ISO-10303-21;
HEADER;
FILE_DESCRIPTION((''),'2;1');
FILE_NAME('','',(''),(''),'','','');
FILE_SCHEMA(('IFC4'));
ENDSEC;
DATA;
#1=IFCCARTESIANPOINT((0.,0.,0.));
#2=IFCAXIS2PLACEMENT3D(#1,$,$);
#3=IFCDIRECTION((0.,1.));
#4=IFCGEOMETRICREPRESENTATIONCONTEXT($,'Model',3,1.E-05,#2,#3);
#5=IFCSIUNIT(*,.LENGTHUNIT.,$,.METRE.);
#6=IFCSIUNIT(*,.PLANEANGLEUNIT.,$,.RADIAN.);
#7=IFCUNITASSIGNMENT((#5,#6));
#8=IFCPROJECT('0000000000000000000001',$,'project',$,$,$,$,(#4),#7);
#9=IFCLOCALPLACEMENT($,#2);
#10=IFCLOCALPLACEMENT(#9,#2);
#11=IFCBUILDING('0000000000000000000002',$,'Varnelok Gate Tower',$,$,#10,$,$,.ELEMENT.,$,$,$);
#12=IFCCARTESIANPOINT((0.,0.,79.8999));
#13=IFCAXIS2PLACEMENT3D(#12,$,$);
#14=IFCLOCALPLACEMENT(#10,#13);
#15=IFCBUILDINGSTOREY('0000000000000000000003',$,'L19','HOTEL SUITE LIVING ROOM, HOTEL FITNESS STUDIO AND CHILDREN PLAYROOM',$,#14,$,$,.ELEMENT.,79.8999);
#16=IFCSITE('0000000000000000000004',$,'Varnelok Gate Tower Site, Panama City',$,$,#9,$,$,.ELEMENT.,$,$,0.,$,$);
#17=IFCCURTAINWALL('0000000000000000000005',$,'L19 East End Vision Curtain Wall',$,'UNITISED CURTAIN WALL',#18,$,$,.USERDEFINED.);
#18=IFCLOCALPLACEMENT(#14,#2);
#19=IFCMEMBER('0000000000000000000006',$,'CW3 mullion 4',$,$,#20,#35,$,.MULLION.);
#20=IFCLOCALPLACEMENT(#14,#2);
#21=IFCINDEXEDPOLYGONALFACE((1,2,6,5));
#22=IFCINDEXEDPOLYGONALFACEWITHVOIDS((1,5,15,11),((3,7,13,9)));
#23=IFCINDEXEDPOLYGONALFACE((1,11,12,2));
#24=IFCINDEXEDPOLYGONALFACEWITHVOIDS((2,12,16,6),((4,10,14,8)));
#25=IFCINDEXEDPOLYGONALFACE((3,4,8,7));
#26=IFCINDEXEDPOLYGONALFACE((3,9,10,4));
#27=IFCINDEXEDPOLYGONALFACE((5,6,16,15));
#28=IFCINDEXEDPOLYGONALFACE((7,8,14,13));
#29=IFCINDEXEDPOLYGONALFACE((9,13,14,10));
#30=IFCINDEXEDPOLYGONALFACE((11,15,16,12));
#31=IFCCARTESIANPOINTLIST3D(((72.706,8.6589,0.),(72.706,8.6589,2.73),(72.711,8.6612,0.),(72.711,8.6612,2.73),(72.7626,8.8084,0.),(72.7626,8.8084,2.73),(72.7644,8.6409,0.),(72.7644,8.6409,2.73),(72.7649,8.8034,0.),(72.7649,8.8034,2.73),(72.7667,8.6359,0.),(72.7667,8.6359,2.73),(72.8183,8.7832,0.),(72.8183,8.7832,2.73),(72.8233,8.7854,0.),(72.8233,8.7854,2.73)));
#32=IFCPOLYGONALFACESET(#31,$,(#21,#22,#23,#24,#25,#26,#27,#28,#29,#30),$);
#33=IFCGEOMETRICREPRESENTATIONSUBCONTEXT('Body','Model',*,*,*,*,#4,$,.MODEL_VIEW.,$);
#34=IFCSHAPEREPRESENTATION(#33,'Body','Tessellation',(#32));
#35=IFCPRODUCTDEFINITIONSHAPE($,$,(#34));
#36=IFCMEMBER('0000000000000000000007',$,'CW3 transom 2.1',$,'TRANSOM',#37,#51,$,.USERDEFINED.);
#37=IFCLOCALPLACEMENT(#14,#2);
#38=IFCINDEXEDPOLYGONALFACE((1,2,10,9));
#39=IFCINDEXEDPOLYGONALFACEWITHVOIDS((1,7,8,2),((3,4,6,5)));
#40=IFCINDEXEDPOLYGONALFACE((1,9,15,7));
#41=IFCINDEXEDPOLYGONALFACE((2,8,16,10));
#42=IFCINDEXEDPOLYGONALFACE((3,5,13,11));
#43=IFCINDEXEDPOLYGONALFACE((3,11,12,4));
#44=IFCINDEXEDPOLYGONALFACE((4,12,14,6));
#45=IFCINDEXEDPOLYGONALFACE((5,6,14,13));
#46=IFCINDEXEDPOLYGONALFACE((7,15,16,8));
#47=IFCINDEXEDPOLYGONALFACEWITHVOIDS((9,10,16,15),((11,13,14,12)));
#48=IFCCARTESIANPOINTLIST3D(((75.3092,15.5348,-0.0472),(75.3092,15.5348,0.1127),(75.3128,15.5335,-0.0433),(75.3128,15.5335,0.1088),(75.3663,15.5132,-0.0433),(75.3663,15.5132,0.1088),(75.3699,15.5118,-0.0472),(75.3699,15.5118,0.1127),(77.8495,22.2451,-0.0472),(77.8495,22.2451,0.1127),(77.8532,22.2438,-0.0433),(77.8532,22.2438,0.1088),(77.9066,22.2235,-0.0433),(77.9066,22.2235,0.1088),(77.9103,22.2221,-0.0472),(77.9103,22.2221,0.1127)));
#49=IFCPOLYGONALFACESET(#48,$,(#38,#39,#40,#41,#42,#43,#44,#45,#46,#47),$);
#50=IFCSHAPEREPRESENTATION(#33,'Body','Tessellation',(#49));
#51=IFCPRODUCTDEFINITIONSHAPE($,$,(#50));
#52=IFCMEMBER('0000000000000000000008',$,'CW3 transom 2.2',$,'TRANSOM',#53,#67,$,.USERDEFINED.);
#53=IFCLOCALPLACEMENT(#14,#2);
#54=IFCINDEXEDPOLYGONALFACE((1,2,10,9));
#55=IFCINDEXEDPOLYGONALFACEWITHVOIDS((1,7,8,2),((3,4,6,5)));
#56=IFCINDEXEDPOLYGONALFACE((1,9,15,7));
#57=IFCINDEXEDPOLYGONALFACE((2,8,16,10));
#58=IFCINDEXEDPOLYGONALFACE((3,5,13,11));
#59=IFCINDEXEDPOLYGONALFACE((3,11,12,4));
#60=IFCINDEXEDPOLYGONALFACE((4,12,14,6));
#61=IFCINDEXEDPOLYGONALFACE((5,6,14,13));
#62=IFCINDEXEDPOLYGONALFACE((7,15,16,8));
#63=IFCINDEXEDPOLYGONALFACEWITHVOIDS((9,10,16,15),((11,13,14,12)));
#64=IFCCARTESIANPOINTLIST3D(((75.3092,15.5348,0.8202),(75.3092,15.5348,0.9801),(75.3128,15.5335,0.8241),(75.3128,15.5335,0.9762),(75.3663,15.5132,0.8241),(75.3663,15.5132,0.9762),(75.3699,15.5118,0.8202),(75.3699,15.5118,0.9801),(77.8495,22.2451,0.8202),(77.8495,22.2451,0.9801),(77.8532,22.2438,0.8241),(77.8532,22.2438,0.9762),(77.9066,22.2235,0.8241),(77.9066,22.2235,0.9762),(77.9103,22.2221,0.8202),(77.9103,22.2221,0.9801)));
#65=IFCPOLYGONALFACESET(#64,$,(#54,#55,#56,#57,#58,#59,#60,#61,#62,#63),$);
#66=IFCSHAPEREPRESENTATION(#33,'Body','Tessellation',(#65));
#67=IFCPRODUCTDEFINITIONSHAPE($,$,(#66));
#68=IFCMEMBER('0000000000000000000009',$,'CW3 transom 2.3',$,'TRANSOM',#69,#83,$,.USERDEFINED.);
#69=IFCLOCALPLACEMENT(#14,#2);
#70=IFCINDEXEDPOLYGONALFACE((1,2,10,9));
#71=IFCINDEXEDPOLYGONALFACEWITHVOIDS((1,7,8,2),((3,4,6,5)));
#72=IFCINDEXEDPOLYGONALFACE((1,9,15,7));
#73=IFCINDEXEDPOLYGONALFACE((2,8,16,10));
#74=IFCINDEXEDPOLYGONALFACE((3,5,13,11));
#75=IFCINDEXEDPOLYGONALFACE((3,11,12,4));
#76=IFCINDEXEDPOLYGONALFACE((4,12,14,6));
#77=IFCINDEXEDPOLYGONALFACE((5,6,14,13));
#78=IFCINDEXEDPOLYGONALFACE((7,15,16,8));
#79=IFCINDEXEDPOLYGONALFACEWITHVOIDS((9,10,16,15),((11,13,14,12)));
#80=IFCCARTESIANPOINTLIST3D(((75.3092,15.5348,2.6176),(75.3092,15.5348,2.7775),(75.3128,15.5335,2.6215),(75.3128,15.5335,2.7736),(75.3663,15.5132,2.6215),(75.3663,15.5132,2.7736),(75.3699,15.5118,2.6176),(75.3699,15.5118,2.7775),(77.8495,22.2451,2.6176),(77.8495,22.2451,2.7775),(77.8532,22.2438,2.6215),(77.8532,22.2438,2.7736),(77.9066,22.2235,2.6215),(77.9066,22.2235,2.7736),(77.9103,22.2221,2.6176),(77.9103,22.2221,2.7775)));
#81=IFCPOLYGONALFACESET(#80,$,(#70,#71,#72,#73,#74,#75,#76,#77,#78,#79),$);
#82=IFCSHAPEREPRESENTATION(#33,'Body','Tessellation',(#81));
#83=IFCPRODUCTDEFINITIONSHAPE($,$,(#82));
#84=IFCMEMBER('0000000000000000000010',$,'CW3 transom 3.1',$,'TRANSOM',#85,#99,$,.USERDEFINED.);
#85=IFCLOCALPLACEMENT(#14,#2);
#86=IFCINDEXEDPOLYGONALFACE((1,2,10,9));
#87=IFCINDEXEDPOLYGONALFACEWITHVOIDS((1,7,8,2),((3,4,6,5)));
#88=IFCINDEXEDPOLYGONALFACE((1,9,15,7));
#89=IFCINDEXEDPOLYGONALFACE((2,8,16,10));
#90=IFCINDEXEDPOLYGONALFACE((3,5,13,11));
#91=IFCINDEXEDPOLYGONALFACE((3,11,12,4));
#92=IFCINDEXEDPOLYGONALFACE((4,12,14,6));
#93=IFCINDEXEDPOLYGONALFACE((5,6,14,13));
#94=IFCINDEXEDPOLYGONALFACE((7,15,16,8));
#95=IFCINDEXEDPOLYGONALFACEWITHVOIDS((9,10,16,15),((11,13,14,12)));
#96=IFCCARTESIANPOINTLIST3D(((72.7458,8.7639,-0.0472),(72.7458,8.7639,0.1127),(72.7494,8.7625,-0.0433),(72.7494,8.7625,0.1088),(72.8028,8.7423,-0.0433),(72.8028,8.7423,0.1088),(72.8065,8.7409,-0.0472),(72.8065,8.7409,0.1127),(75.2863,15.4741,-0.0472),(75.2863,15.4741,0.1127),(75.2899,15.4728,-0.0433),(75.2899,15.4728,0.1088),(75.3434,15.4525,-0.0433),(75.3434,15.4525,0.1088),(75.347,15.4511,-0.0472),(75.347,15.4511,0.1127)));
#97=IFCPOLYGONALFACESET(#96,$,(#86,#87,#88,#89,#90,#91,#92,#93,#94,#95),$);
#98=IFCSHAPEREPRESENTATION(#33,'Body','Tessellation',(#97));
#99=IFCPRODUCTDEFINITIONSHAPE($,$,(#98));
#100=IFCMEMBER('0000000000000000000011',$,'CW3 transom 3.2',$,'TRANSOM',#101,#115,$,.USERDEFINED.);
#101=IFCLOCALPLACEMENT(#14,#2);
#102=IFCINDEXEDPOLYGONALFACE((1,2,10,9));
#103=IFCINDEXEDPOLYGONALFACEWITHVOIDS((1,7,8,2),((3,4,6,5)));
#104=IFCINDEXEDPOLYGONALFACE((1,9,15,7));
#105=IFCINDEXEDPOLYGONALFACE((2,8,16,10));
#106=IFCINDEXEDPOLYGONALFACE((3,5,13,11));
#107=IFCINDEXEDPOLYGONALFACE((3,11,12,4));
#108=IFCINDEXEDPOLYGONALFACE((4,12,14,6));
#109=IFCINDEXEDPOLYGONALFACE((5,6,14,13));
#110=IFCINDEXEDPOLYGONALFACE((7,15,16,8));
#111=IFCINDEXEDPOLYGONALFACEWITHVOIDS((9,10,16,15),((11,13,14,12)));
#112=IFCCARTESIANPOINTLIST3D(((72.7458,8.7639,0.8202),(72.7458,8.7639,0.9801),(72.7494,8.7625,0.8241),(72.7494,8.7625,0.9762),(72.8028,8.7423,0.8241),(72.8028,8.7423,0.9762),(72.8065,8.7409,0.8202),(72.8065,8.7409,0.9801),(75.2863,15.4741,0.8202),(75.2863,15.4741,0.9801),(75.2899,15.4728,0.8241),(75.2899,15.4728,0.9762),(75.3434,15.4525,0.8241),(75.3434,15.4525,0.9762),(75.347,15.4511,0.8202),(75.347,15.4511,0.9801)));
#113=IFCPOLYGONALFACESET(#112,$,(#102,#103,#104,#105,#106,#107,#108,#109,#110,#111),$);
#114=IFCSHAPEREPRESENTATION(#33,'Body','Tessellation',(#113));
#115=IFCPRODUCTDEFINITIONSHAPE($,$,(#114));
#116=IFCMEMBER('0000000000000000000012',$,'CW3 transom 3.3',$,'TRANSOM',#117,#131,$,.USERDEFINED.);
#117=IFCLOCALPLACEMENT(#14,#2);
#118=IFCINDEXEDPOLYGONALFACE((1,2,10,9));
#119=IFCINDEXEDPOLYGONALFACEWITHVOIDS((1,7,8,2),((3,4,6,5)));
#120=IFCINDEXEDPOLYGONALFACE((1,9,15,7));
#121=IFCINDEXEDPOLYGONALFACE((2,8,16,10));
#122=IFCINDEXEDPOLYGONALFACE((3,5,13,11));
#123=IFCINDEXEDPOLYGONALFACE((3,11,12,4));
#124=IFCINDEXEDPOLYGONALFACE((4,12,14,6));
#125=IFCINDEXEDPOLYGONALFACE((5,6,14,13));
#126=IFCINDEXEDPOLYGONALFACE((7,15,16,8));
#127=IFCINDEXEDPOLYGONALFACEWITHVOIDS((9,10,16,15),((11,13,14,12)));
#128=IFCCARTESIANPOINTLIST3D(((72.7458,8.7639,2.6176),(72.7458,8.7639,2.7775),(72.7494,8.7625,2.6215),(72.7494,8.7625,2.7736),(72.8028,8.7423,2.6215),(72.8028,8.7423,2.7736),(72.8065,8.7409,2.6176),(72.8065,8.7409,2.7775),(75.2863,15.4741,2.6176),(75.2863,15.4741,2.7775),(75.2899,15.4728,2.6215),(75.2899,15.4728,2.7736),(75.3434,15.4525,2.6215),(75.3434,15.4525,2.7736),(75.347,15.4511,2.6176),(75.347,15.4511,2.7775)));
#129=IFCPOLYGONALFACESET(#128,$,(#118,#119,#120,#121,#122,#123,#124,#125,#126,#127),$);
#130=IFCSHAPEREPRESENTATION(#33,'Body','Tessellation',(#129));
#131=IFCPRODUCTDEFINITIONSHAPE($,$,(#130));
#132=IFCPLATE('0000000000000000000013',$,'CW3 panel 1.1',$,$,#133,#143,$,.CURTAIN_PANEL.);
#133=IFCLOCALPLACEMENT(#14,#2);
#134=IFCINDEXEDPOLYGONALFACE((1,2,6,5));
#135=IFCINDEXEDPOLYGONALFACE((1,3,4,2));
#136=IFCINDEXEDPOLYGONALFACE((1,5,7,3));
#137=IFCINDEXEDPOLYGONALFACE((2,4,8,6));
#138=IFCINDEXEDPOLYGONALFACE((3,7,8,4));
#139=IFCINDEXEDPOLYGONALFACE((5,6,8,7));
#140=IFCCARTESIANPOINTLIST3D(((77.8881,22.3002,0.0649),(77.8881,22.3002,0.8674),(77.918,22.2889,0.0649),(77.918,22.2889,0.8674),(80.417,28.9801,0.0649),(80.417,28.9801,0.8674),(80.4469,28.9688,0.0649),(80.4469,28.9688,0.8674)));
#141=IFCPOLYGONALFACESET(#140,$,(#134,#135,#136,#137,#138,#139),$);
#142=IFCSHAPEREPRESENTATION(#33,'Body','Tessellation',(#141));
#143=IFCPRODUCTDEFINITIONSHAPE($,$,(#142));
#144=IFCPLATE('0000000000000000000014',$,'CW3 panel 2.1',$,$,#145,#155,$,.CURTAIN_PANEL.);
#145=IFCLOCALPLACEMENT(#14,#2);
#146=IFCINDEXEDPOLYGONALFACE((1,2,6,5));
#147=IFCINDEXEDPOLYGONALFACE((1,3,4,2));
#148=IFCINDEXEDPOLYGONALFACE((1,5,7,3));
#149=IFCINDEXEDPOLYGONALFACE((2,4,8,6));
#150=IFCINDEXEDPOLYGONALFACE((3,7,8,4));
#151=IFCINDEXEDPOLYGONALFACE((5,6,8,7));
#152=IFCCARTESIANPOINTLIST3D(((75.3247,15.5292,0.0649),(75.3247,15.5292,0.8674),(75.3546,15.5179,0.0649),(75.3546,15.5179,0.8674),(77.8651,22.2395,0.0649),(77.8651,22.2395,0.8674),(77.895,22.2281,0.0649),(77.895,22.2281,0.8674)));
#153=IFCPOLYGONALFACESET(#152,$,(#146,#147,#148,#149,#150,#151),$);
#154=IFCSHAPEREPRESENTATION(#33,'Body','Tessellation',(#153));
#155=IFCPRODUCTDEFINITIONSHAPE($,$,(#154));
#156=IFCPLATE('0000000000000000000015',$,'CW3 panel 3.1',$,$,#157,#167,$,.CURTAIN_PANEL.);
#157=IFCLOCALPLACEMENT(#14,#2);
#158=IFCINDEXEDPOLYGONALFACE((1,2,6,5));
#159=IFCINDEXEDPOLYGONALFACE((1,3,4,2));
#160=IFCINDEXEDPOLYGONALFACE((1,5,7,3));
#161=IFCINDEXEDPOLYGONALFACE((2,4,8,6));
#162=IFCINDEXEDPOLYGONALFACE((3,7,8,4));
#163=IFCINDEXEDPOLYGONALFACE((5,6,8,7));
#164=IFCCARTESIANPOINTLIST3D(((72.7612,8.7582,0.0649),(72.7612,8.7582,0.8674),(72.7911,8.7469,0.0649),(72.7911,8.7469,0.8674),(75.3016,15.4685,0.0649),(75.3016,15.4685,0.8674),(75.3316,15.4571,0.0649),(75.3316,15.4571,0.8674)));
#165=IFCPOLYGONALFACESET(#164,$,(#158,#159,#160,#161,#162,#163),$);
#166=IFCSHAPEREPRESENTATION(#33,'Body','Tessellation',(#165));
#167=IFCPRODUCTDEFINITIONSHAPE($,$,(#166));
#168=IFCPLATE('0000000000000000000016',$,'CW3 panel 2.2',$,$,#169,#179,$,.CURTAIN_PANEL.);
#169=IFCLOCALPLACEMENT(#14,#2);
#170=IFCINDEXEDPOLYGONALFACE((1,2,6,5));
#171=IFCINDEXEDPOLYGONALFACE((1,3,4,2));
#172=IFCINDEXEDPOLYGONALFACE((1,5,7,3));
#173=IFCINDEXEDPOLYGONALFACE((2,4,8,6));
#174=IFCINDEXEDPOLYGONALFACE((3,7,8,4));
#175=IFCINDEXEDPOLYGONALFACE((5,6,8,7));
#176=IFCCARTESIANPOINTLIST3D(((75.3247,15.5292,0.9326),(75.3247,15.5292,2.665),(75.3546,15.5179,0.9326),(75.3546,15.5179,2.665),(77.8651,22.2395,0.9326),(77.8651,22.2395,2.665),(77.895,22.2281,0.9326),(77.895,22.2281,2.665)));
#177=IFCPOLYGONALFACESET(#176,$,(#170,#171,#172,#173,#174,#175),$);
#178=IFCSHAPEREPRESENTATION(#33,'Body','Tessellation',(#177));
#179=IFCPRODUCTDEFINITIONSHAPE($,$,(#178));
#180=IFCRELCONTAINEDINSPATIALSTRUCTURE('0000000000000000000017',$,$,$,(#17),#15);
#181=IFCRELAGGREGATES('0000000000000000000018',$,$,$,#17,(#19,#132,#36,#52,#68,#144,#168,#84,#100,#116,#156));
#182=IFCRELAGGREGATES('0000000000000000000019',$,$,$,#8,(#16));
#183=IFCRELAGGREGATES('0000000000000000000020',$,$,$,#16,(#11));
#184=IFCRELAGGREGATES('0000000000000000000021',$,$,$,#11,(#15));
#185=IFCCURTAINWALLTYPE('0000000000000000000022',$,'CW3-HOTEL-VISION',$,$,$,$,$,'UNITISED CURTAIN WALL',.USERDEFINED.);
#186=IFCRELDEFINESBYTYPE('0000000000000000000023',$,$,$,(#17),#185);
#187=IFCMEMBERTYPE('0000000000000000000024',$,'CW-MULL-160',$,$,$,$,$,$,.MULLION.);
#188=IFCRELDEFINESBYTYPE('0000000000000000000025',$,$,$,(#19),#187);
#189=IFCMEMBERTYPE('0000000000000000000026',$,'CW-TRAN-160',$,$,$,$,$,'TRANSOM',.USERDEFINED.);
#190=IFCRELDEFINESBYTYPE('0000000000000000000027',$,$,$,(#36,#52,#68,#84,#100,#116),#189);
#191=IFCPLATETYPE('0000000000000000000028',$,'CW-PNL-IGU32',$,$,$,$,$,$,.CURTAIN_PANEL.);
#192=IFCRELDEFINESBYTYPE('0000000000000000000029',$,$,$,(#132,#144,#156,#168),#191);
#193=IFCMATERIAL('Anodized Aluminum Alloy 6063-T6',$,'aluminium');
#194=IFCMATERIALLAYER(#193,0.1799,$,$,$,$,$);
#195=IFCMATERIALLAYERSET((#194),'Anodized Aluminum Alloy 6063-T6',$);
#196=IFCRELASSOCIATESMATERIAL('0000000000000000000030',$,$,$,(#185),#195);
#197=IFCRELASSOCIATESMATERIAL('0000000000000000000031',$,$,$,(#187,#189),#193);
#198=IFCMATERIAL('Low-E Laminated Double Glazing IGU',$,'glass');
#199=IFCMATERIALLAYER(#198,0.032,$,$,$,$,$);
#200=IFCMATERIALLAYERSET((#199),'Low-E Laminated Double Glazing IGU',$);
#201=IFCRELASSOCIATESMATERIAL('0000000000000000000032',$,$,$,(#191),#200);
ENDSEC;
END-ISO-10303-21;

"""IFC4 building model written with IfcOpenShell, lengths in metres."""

from ifc_helpers import new_model, si_unit, direction, frame, origin, origin_2d, place, context, subcontext, project, spatial, rectangle, hollow_rectangle, extrude, source, transform, mapped, material, layer, layer_set, material_profile, profile_set, type_object, element, aggregate, save


model = new_model("IFC4")

# Units and contexts
model_context = context("Model", 3, precision=1e-05, world=origin(), true_north=direction((0.0, 1.0)))
body_context = subcontext(model_context, "Body", "Model", "MODEL_VIEW")
ifc_project = project(units=[si_unit("LENGTHUNIT", "METRE"), si_unit("PLANEANGLEUNIT", "RADIAN")], contexts=[model_context])

# Site, building, storey
site_placement = place(None, origin())
site = spatial("IfcSite", under=ifc_project, at=site_placement, Name="Varnelok Gate Tower Site, Panama City", CompositionType="ELEMENT", RefElevation=0.0)
building_placement = place(site_placement, origin())
building = spatial("IfcBuilding", under=site, at=building_placement, Name="Varnelok Gate Tower", CompositionType="ELEMENT")
storey_placement = place(building_placement, frame((0.0, 0.0, 79.8999)))
storey = spatial("IfcBuildingStorey", under=building, at=storey_placement, Name="L19", Description="HOTEL SUITE LIVING ROOM, HOTEL FITNESS STUDIO AND CHILDREN PLAYROOM", CompositionType="ELEMENT", Elevation=79.8999)

# Curtain wall, members, plates
ifc_material_1 = material(Name="Anodized Aluminum Alloy 6063-T6", Category="aluminium")
ifc_layer_1 = layer(ifc_material_1, 0.1799)
ifc_layer_set_1 = layer_set([ifc_layer_1], Name="Anodized Aluminum Alloy 6063-T6")
curtain_wall_type = type_object("IfcCurtainWallType", Name="CW3-HOTEL-VISION", ElementType="UNITISED CURTAIN WALL", PredefinedType="USERDEFINED", material=ifc_layer_set_1)
curtain_wall_placement = place(storey_placement, origin())
curtain_wall = element("IfcCurtainWall", 1, at=curtain_wall_placement, inside=storey, type_object=curtain_wall_type, Name="L19 East End Vision Curtain Wall", ObjectType="UNITISED CURTAIN WALL", PredefinedType="USERDEFINED")
ifc_material_profile_1 = material_profile(ifc_material_1, hollow_rectangle(XDim=0.0649, YDim=0.1599, WallThickness=0.0039, at=origin_2d()), Name="ALU160X65X4")
ifc_profile_set_1 = profile_set([ifc_material_profile_1], Name="Anodized Aluminum Alloy 6063-T6")
member_type_1 = type_object("IfcMemberType", Name="CW-MULL-160", PredefinedType="MULLION", material=ifc_profile_set_1)
member_1_placement = place(storey_placement, frame((72.7646, 8.7222, 0.0), z_axis=(0.0, 0.0, 1.0), x_axis=(0.935221, -0.354064, 0.0)))
member_1 = element("IfcMember", 2, at=member_1_placement, type_object=member_type_1, Name="CW3 mullion 4", PredefinedType="MULLION", context=body_context, shape_type="SweptSolid", body=[
    extrude(hollow_rectangle(XDim=0.0649, YDim=0.1599, WallThickness=0.0039, at=origin_2d()), origin(), (0.0, 0.0, 1.0), 2.73),
])
ifc_material_profile_2 = material_profile(ifc_material_1, hollow_rectangle(XDim=0.0649, YDim=0.1599, WallThickness=0.0039, at=origin_2d()), Name="ALU160X65X4")
ifc_profile_set_2 = profile_set([ifc_material_profile_2], Name="Anodized Aluminum Alloy 6063-T6")
member_type_2 = type_object("IfcMemberType", Name="CW-TRAN-160", ElementType="TRANSOM", PredefinedType="USERDEFINED", material=ifc_profile_set_2)
member_2_placement = place(storey_placement, frame((77.8799, 22.2336, 0.0327), z_axis=(-0.354049, -0.935227, 0.0), x_axis=(0.935227, -0.354049, 0.0)))
member_2 = element("IfcMember", 3, at=member_2_placement, type_object=member_type_2, Name="CW3 transom 2.1", ObjectType="TRANSOM", PredefinedType="USERDEFINED", context=body_context, shape_type="SweptSolid", body=[
    extrude(hollow_rectangle(XDim=0.0649, YDim=0.1599, WallThickness=0.0039, at=origin_2d()), origin(), (0.0, 0.0, 1.0), 7.175),
])
member_3_placement = place(storey_placement, frame((77.8799, 22.2336, 0.9001), z_axis=(-0.354049, -0.935227, 0.0), x_axis=(0.935227, -0.354049, 0.0)))
member_3 = element("IfcMember", 4, at=member_3_placement, type_object=member_type_2, Name="CW3 transom 2.2", ObjectType="TRANSOM", PredefinedType="USERDEFINED", context=body_context, shape_type="SweptSolid", body=[
    extrude(hollow_rectangle(XDim=0.0649, YDim=0.1599, WallThickness=0.0039, at=origin_2d()), origin(), (0.0, 0.0, 1.0), 7.175),
])
member_4_placement = place(storey_placement, frame((77.8799, 22.2336, 2.6975), z_axis=(-0.354049, -0.935227, 0.0), x_axis=(0.935227, -0.354049, 0.0)))
member_4 = element("IfcMember", 5, at=member_4_placement, type_object=member_type_2, Name="CW3 transom 2.3", ObjectType="TRANSOM", PredefinedType="USERDEFINED", context=body_context, shape_type="SweptSolid", body=[
    extrude(hollow_rectangle(XDim=0.0649, YDim=0.1599, WallThickness=0.0039, at=origin_2d()), origin(), (0.0, 0.0, 1.0), 7.175),
])
member_5_placement = place(storey_placement, frame((75.3167, 15.4626, 0.0327), z_axis=(-0.354079, -0.935216, 0.0), x_axis=(0.935216, -0.354079, 0.0)))
member_5 = element("IfcMember", 6, at=member_5_placement, type_object=member_type_2, Name="CW3 transom 3.1", ObjectType="TRANSOM", PredefinedType="USERDEFINED", context=body_context, shape_type="SweptSolid", body=[
    extrude(hollow_rectangle(XDim=0.0649, YDim=0.1599, WallThickness=0.0039, at=origin_2d()), origin(), (0.0, 0.0, 1.0), 7.175),
])
member_6_placement = place(storey_placement, frame((75.3167, 15.4626, 0.9001), z_axis=(-0.354079, -0.935216, 0.0), x_axis=(0.935216, -0.354079, 0.0)))
member_6 = element("IfcMember", 7, at=member_6_placement, type_object=member_type_2, Name="CW3 transom 3.2", ObjectType="TRANSOM", PredefinedType="USERDEFINED", context=body_context, shape_type="SweptSolid", body=[
    extrude(hollow_rectangle(XDim=0.0649, YDim=0.1599, WallThickness=0.0039, at=origin_2d()), origin(), (0.0, 0.0, 1.0), 7.175),
])
member_7_placement = place(storey_placement, frame((75.3167, 15.4626, 2.6975), z_axis=(-0.354079, -0.935216, 0.0), x_axis=(0.935216, -0.354079, 0.0)))
member_7 = element("IfcMember", 8, at=member_7_placement, type_object=member_type_2, Name="CW3 transom 3.3", ObjectType="TRANSOM", PredefinedType="USERDEFINED", context=body_context, shape_type="SweptSolid", body=[
    extrude(hollow_rectangle(XDim=0.0649, YDim=0.1599, WallThickness=0.0039, at=origin_2d()), origin(), (0.0, 0.0, 1.0), 7.175),
])
ifc_material_2 = material(Name="Low-E Laminated Double Glazing IGU", Category="glass")
ifc_layer_2 = layer(ifc_material_2, 0.032)
ifc_layer_set_2 = layer_set([ifc_layer_2], Name="Low-E Laminated Double Glazing IGU")
plate_type = type_object("IfcPlateType", Name="CW-PNL-IGU32", PredefinedType="CURTAIN_PANEL", material=ifc_layer_set_2)
shared_shape_1 = source(origin(), body_context, "Body", "SweptSolid", [
    extrude(rectangle(XDim=7.1426, YDim=0.032, at=origin_2d()), origin(), (0.0, 0.0, 1.0), 0.8025),
])
plate_1_placement = place(storey_placement, frame((79.1675, 25.6345, 0.0649), z_axis=(0.0, 0.0, 1.0), x_axis=(-0.354064, -0.935221, 0.0)))
plate_1 = element("IfcPlate", 9, at=plate_1_placement, type_object=plate_type, Name="CW3 panel 1.1", PredefinedType="CURTAIN_PANEL", context=body_context, shape_type="MappedRepresentation", body=[
    mapped(shared_shape_1, transform((0.0, 0.0, 0.0), scale=1.0)),
])
shared_shape_2 = source(origin(), body_context, "Body", "SweptSolid", [
    extrude(rectangle(XDim=7.175, YDim=0.032, at=origin_2d()), origin(), (0.0, 0.0, 1.0), 0.8025),
])
plate_2_placement = place(storey_placement, frame((76.6099, 18.8787, 0.0649), z_axis=(0.0, 0.0, 1.0), x_axis=(-0.354064, -0.935221, 0.0)))
plate_2 = element("IfcPlate", 10, at=plate_2_placement, type_object=plate_type, Name="CW3 panel 2.1", PredefinedType="CURTAIN_PANEL", context=body_context, shape_type="MappedRepresentation", body=[
    mapped(shared_shape_2, transform((0.0, 0.0, 0.0), scale=1.0)),
])
plate_3_placement = place(storey_placement, frame((74.0464, 12.1077, 0.0649), z_axis=(0.0, 0.0, 1.0), x_axis=(-0.354064, -0.935221, 0.0)))
plate_3 = element("IfcPlate", 11, at=plate_3_placement, type_object=plate_type, Name="CW3 panel 3.1", PredefinedType="CURTAIN_PANEL", context=body_context, shape_type="MappedRepresentation", body=[
    mapped(shared_shape_2, transform((0.0, 0.0, 0.0), scale=1.0)),
])
shared_shape_3 = source(origin(), body_context, "Body", "SweptSolid", [
    extrude(rectangle(XDim=7.175, YDim=0.032, at=origin_2d()), origin(), (0.0, 0.0, 1.0), 1.7324),
])
plate_4_placement = place(storey_placement, frame((76.6099, 18.8787, 0.9326), z_axis=(0.0, 0.0, 1.0), x_axis=(-0.354064, -0.935221, 0.0)))
plate_4 = element("IfcPlate", 12, at=plate_4_placement, type_object=plate_type, Name="CW3 panel 2.2", PredefinedType="CURTAIN_PANEL", context=body_context, shape_type="MappedRepresentation", body=[
    mapped(shared_shape_3, transform((0.0, 0.0, 0.0), scale=1.0)),
])
aggregate(curtain_wall, [member_1, plate_1, member_2, member_3, member_4, plate_2, plate_4, member_5, member_6, member_7, plate_3])

save(model, "model.ifc")
